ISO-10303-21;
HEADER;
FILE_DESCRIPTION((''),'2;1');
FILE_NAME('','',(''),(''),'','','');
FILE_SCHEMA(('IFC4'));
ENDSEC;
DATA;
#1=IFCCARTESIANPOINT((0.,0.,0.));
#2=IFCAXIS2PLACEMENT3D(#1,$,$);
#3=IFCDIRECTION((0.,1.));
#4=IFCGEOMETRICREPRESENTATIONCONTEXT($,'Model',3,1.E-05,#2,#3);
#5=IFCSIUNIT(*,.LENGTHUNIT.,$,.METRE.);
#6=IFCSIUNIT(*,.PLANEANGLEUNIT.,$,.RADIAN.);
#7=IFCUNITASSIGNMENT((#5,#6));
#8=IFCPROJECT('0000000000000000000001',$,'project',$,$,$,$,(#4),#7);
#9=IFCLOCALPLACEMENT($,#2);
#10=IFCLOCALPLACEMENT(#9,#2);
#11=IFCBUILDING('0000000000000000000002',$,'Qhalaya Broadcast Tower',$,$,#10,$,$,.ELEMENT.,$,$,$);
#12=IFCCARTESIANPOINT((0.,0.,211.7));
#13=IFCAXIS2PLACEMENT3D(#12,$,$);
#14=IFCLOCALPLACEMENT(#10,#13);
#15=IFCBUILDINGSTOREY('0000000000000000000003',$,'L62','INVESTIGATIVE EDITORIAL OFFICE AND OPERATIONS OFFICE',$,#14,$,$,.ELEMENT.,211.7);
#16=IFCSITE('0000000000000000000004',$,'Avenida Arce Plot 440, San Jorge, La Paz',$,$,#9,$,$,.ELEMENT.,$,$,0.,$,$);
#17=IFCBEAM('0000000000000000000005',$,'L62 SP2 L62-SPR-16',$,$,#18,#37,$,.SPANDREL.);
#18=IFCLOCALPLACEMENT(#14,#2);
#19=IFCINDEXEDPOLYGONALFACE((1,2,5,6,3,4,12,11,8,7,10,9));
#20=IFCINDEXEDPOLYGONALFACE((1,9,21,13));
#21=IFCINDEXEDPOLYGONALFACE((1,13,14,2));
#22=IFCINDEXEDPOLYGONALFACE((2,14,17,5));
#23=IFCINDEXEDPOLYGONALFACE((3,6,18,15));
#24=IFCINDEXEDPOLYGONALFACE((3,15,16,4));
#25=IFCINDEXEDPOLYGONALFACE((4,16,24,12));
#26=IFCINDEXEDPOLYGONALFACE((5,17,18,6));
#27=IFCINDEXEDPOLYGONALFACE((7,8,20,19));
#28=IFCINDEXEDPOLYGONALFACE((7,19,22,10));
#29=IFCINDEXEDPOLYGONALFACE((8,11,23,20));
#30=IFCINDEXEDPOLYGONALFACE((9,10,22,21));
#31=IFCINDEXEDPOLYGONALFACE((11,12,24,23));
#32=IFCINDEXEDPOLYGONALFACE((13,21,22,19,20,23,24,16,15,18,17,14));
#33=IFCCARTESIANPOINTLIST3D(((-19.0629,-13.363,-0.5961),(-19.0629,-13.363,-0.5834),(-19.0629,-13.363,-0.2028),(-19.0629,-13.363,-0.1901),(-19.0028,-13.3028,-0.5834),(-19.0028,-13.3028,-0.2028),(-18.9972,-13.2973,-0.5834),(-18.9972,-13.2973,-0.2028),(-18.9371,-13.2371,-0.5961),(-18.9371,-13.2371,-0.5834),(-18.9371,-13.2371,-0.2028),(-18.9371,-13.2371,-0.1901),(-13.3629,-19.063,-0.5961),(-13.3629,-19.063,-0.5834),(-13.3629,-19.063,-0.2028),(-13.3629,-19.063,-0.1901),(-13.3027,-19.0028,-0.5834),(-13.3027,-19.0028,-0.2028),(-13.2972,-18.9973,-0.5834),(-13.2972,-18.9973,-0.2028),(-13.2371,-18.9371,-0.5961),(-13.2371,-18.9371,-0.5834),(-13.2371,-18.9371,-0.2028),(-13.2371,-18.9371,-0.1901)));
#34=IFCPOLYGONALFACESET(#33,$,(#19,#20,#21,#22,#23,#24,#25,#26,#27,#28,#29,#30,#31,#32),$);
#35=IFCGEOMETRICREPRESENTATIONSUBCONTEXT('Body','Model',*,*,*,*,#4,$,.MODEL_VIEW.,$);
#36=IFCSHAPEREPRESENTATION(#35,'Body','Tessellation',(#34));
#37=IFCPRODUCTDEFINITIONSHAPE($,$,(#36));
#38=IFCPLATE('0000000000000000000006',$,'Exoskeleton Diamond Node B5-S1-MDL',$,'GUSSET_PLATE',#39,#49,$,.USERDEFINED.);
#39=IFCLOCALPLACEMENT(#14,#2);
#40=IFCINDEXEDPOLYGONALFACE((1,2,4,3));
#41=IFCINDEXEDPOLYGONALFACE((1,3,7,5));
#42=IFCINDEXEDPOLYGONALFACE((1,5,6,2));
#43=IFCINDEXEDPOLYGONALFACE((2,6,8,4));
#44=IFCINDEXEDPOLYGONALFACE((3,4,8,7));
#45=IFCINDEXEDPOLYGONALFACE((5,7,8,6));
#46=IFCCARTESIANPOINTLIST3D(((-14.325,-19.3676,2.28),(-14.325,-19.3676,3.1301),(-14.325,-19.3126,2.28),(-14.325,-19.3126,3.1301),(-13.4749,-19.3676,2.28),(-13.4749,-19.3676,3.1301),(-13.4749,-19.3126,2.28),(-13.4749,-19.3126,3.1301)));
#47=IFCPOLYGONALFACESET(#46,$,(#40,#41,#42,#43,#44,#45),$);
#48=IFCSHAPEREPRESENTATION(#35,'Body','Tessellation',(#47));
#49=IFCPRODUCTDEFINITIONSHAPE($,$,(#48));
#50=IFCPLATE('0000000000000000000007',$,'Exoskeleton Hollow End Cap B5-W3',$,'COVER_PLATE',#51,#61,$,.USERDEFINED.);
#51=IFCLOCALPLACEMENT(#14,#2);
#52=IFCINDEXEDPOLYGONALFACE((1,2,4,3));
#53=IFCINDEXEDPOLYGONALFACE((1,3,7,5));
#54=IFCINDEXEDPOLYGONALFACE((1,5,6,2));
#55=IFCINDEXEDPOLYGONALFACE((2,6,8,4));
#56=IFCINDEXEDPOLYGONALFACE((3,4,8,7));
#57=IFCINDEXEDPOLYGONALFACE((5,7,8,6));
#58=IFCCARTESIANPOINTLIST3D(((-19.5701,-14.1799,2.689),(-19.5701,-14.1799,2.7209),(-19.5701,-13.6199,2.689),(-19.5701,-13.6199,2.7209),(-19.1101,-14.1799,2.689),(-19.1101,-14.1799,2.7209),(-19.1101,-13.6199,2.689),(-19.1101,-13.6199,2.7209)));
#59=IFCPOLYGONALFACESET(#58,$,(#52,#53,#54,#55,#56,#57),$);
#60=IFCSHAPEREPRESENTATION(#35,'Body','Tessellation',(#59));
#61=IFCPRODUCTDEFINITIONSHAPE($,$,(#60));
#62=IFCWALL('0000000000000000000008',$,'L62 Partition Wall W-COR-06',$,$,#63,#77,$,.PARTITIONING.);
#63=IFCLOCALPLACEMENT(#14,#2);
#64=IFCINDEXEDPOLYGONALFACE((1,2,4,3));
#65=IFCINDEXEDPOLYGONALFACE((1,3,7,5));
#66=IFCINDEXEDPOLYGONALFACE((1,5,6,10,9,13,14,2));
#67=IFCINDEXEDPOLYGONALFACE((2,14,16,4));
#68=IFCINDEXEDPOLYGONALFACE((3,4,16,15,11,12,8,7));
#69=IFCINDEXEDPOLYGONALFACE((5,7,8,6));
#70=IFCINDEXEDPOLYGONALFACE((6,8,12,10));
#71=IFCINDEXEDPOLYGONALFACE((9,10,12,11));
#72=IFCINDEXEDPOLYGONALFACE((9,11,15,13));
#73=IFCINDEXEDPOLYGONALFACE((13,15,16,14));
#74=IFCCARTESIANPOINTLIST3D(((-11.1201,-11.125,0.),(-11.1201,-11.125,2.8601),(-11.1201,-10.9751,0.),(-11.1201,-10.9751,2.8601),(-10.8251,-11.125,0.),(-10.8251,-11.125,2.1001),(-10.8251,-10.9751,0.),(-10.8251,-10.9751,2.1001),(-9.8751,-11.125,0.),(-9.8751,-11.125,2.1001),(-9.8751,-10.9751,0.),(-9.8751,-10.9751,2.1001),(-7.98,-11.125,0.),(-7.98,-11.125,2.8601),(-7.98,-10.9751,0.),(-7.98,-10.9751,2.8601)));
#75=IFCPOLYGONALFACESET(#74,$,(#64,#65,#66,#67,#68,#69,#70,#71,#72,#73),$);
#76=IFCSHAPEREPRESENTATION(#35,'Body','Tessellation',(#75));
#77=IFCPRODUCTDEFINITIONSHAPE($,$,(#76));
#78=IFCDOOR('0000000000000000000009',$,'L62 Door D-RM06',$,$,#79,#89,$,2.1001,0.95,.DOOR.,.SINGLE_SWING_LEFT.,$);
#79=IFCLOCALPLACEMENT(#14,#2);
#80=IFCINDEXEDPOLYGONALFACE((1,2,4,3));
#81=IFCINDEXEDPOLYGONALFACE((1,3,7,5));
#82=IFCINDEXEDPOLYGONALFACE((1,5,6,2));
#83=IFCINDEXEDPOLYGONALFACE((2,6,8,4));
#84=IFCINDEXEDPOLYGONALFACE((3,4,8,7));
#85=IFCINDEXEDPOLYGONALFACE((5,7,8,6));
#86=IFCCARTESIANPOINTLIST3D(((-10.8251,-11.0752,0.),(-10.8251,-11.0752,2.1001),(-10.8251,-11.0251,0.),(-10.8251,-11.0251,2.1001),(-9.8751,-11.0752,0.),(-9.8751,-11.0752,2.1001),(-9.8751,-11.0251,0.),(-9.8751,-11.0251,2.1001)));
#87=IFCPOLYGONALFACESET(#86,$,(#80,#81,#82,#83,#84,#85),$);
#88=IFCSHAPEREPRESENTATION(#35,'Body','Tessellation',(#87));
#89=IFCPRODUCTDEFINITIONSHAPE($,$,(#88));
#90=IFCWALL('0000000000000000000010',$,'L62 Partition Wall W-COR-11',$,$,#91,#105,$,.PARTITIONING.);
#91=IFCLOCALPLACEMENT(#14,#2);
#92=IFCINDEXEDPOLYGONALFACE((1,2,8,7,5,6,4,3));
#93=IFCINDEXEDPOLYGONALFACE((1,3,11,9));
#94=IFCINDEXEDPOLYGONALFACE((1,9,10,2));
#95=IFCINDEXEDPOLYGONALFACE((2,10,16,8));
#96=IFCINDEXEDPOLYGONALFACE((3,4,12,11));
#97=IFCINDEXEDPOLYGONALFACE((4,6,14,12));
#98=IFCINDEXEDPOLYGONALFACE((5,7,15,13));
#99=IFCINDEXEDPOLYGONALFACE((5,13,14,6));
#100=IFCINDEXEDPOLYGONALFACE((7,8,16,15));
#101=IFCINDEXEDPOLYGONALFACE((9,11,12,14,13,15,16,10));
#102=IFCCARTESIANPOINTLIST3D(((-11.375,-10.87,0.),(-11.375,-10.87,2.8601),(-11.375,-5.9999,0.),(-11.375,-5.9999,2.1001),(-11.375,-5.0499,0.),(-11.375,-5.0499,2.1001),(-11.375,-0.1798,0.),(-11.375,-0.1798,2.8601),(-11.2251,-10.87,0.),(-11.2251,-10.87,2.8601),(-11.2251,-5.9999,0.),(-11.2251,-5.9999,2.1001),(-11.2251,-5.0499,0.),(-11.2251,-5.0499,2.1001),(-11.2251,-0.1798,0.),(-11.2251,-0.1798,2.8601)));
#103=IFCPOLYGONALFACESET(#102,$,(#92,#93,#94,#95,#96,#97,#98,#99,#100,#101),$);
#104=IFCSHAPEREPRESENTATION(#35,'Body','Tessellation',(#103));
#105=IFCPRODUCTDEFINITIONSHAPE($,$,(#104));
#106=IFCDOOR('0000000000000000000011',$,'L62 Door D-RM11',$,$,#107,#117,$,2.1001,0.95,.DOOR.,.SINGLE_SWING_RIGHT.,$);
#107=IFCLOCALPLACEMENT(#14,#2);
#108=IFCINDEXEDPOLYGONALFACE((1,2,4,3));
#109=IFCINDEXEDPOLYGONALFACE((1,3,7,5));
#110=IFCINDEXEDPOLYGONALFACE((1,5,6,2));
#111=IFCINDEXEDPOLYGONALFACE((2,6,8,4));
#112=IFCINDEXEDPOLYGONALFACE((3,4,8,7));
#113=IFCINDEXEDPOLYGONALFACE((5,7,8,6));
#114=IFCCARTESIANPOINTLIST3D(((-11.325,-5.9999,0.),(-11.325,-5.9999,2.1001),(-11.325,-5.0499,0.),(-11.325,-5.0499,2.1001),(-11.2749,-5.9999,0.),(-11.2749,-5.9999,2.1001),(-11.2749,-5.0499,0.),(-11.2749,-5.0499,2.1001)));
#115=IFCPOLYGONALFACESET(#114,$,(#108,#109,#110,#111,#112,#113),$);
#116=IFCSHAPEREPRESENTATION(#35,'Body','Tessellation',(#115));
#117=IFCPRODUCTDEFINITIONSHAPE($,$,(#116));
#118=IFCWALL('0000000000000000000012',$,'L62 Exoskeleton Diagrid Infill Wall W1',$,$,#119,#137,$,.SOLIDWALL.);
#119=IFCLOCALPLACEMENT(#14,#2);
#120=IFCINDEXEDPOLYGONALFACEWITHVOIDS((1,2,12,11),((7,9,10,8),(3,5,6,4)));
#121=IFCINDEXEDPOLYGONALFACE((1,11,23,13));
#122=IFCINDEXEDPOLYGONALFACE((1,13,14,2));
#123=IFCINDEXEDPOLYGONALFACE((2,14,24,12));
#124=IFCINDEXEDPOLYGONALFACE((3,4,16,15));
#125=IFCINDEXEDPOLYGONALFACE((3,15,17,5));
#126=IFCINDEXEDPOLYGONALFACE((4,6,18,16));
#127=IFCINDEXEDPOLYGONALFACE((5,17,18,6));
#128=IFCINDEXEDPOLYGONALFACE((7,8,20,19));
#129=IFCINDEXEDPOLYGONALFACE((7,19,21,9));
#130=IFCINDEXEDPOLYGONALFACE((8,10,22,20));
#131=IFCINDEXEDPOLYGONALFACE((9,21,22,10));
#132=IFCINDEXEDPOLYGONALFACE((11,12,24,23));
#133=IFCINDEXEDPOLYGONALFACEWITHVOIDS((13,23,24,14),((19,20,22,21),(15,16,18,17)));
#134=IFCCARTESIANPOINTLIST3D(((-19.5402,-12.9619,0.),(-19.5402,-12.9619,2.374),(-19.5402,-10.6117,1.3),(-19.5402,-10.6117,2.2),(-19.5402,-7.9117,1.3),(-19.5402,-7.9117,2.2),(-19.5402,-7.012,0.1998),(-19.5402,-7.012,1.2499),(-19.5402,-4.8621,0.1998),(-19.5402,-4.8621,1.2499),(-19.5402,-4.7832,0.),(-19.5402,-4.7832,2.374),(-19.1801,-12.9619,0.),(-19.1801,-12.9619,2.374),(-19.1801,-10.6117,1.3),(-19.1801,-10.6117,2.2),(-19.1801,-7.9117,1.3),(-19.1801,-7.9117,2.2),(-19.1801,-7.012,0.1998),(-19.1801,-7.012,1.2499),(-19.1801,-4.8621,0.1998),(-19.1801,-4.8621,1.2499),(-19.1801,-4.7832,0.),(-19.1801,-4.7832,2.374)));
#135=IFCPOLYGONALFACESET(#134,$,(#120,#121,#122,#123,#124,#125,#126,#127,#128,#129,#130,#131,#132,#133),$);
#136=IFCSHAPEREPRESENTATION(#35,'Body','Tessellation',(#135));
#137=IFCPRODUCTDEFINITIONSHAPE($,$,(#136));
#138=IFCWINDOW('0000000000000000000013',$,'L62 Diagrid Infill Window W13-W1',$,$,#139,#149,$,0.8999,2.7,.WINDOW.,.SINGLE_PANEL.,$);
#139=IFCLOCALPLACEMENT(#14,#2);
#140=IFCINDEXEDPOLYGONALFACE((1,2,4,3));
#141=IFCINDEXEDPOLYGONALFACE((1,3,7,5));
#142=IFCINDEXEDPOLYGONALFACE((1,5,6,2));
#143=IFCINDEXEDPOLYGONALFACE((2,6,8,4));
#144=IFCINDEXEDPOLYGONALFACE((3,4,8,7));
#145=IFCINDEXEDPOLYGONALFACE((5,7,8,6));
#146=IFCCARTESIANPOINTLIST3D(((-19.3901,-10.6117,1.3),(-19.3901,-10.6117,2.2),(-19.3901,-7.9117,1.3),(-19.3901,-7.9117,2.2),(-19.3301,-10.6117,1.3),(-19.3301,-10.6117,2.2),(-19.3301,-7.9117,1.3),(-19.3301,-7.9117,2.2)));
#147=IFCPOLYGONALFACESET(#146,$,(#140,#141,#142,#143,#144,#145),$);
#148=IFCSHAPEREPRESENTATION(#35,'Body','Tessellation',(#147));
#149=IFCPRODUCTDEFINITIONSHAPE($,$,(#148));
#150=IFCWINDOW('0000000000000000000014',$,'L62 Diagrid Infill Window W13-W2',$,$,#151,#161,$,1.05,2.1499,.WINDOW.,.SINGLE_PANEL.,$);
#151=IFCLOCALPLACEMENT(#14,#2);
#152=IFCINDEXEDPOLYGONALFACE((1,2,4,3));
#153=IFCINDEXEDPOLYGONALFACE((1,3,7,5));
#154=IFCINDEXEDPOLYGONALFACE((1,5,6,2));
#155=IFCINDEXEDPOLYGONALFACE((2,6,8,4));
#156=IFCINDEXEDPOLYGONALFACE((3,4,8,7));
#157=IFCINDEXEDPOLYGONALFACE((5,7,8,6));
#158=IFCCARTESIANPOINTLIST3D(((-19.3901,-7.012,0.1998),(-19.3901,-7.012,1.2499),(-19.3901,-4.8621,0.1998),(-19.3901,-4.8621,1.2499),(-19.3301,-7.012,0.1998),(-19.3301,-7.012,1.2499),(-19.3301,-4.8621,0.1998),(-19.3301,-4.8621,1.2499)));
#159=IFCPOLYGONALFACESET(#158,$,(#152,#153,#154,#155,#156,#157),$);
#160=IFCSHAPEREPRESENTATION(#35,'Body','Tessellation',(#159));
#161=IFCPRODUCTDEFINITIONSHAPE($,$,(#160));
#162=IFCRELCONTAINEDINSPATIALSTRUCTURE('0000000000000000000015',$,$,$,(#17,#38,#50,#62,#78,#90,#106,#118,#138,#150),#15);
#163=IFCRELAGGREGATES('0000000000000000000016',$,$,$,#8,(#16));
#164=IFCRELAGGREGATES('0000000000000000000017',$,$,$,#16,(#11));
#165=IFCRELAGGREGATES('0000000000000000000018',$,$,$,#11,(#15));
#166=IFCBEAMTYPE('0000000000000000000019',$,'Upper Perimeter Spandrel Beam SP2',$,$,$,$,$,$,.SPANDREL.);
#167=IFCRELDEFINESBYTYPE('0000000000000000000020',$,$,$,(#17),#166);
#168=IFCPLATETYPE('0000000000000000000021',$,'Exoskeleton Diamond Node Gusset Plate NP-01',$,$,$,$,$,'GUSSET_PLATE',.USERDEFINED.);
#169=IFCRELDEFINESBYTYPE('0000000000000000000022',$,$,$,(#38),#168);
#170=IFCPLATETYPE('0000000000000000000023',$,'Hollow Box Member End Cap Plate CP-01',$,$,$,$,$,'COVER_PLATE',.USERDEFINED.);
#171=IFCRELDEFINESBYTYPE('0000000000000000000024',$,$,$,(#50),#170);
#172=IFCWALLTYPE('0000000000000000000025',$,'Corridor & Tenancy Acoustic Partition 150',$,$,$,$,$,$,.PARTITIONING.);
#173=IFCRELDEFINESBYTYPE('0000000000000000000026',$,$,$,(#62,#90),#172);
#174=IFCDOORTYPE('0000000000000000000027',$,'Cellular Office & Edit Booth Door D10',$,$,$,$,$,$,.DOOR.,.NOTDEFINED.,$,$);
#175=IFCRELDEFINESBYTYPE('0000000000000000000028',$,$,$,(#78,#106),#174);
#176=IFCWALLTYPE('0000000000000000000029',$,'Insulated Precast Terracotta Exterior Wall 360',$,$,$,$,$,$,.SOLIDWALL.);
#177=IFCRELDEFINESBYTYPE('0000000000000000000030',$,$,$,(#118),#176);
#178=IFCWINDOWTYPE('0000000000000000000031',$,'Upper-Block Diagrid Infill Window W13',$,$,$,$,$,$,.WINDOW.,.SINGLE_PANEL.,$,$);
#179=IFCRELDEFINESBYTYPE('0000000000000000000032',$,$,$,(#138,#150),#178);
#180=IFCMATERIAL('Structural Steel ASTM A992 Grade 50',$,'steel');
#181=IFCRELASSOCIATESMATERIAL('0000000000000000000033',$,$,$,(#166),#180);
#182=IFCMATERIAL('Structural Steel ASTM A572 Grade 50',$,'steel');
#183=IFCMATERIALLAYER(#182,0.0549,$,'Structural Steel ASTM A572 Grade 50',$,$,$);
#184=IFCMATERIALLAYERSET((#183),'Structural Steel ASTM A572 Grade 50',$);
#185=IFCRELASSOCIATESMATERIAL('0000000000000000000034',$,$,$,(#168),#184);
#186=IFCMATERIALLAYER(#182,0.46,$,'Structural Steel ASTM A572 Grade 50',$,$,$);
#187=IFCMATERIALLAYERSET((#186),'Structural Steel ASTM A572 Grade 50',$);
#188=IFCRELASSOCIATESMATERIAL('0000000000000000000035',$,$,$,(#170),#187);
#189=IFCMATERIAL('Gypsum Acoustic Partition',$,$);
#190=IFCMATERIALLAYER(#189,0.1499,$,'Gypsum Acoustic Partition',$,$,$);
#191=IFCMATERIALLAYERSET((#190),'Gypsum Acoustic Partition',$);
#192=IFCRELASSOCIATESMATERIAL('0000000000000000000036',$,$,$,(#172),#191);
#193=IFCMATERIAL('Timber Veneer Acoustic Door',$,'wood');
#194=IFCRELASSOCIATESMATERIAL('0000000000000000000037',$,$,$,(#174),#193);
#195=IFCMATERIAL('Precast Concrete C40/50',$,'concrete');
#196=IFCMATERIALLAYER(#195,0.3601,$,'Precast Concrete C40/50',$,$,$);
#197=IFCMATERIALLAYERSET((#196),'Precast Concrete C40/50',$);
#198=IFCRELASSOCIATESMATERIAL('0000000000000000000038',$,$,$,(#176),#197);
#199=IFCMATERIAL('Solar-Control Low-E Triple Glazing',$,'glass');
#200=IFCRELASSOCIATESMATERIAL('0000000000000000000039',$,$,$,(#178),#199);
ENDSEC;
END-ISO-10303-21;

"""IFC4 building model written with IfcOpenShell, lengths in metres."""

from ifc_helpers import new_model, si_unit, direction, frame, frame_2d, origin, origin_2d, place, context, subcontext, project, spatial, rectangle, i_section, extrude, material, layer, layer_set, material_profile, profile_set, type_object, element, fill, save


model = new_model("IFC4")

# Units and contexts
model_context = context("Model", 3, precision=1e-05, world=origin(), true_north=direction((0.0, 1.0)))
body_context = subcontext(model_context, "Body", "Model", "MODEL_VIEW")
ifc_project = project(units=[si_unit("LENGTHUNIT", "METRE"), si_unit("PLANEANGLEUNIT", "RADIAN")], contexts=[model_context])

# Site, building, storey
site_placement = place(None, origin())
site = spatial("IfcSite", under=ifc_project, at=site_placement, Name="Avenida Arce Plot 440, San Jorge, La Paz", CompositionType="ELEMENT", RefElevation=0.0)
building_placement = place(site_placement, origin())
building = spatial("IfcBuilding", under=site, at=building_placement, Name="Qhalaya Broadcast Tower", CompositionType="ELEMENT")
storey_placement = place(building_placement, frame((0.0, 0.0, 211.7)))
storey = spatial("IfcBuildingStorey", under=building, at=storey_placement, Name="L62", Description="INVESTIGATIVE EDITORIAL OFFICE AND OPERATIONS OFFICE", CompositionType="ELEMENT", Elevation=211.7)

# Shared definitions
ifc_material_1 = material(Name="Structural Steel ASTM A572 Grade 50", Category="steel")

# Shared definitions
ifc_material_2 = material(Name="Structural Steel ASTM A992 Grade 50", Category="steel")

# Beam
ifc_material_profile_1 = material_profile(ifc_material_2, i_section(OverallWidth=0.178, OverallDepth=0.406, WebThickness=0.0078, FlangeThickness=0.0127, at=origin_2d()), Name="W16X40")
ifc_profile_set_1 = profile_set([ifc_material_profile_1], Name="Structural Steel ASTM A992 Grade 50")
beam_type_1 = type_object("IfcBeamType", Name="Upper Perimeter Spandrel Beam SP2", PredefinedType="SPANDREL", material=ifc_profile_set_1)
beam_1_placement = place(storey_placement, frame((-19.0, -13.3, -0.3931), z_axis=(0.707107, -0.707107, 0.0), x_axis=(0.707107, 0.707107, 0.0)))
element("IfcBeam", 1, at=beam_1_placement, inside=storey, type_object=beam_type_1, Name="L62 SP2 L62-SPR-16", PredefinedType="SPANDREL", context=body_context, shape_type="SweptSolid", body=[
    extrude(i_section(OverallWidth=0.178, OverallDepth=0.406, WebThickness=0.0078, FlangeThickness=0.0127, at=origin_2d()), origin(), (0.0, 0.0, 1.0), 8.061),
])

# Plates
ifc_layer_1 = layer(ifc_material_1, 0.0549, Name="Structural Steel ASTM A572 Grade 50")
ifc_layer_set_1 = layer_set([ifc_layer_1], Name="Structural Steel ASTM A572 Grade 50")
plate_type_1 = type_object("IfcPlateType", Name="Exoskeleton Diamond Node Gusset Plate NP-01", ElementType="GUSSET_PLATE", PredefinedType="USERDEFINED", material=ifc_layer_set_1)
plate_1_placement = place(storey_placement, frame((-13.8999, -19.3401, 2.28), z_axis=(0.0, 0.0, 1.0), x_axis=(1.0, 0.0, 0.0)))
element("IfcPlate", 2, at=plate_1_placement, inside=storey, type_object=plate_type_1, Name="Exoskeleton Diamond Node B5-S1-MDL", ObjectType="GUSSET_PLATE", PredefinedType="USERDEFINED", context=body_context, shape_type="SweptSolid", body=[
    extrude(rectangle(XDim=0.8501, YDim=0.0549, at=origin_2d()), origin(), (0.0, 0.0, 1.0), 0.8501),
])
ifc_layer_2 = layer(ifc_material_1, 0.46, Name="Structural Steel ASTM A572 Grade 50")
ifc_layer_set_2 = layer_set([ifc_layer_2], Name="Structural Steel ASTM A572 Grade 50")
plate_type_2 = type_object("IfcPlateType", Name="Hollow Box Member End Cap Plate CP-01", ElementType="COVER_PLATE", PredefinedType="USERDEFINED", material=ifc_layer_set_2)
plate_2_placement = place(storey_placement, frame((-19.3401, -13.8999, 2.689), z_axis=(0.0, 0.0, 1.0), x_axis=(0.0, 1.0, 0.0)))
element("IfcPlate", 3, at=plate_2_placement, inside=storey, type_object=plate_type_2, Name="Exoskeleton Hollow End Cap B5-W3", ObjectType="COVER_PLATE", PredefinedType="USERDEFINED", context=body_context, shape_type="SweptSolid", body=[
    extrude(rectangle(XDim=0.5601, YDim=0.46, at=origin_2d()), origin(), (0.0, 0.0, 1.0), 0.032),
])

# Walls, openings, doors
ifc_material_3 = material(Name="Gypsum Acoustic Partition")
ifc_layer_3 = layer(ifc_material_3, 0.1499, Name="Gypsum Acoustic Partition")
ifc_layer_set_3 = layer_set([ifc_layer_3], Name="Gypsum Acoustic Partition")
wall_type_1 = type_object("IfcWallType", Name="Corridor & Tenancy Acoustic Partition 150", PredefinedType="PARTITIONING", material=ifc_layer_set_3)
wall_1_placement = place(storey_placement, frame((-11.1201, -11.05, 0.0), z_axis=(0.0, 0.0, 1.0), x_axis=(1.0, 0.0, 0.0)))
wall_1 = element("IfcWall", 4, at=wall_1_placement, inside=storey, type_object=wall_type_1, Name="L62 Partition Wall W-COR-06", PredefinedType="PARTITIONING", context=body_context, shape_type="SweptSolid", body=[
    extrude(rectangle(XDim=3.1401, YDim=0.1499, at=frame_2d((1.5701, 0.0))), origin(), (0.0, 0.0, 1.0), 2.8601),
])
opening_1_placement = place(wall_1_placement, frame((0.2949, 0.0, 0.0)))
opening_1 = element("IfcOpeningElement", 5, at=opening_1_placement, cuts=wall_1, PredefinedType="OPENING", context=body_context, shape_type="SweptSolid", body=[
    extrude(rectangle(XDim=0.95, YDim=2.1001, at=frame_2d((0.4751, 1.05))), frame((0.0, 0.0869, 0.0), z_axis=(0.0, -1.0, 0.0), x_axis=(1.0, 0.0, 0.0)), (0.0, 0.0, 1.0), 0.1738),
])
ifc_material_4 = material(Name="Timber Veneer Acoustic Door", Category="wood")
door_type = type_object("IfcDoorType", Name="Cellular Office & Edit Booth Door D10", OperationType="NOTDEFINED", PredefinedType="DOOR", material=ifc_material_4)
door_1_placement = place(opening_1_placement, origin())
door_1 = element("IfcDoor", 6, at=door_1_placement, inside=storey, type_object=door_type, Name="L62 Door D-RM06", OperationType="SINGLE_SWING_LEFT", OverallHeight=2.1001, OverallWidth=0.95, PredefinedType="DOOR", context=body_context, shape_type="SweptSolid", body=[
    extrude(rectangle(XDim=0.95, YDim=2.1001, at=frame_2d((0.4751, 1.05))), frame((0.0, 0.0249, 0.0), z_axis=(0.0, -1.0, 0.0), x_axis=(1.0, 0.0, 0.0)), (0.0, 0.0, 1.0), 0.05),
])
fill(opening_1, door_1)
wall_2_placement = place(storey_placement, frame((-11.3, -10.8701, 0.0), z_axis=(0.0, 0.0, 1.0), x_axis=(0.0, 1.0, 0.0)))
wall_2 = element("IfcWall", 7, at=wall_2_placement, inside=storey, type_object=wall_type_1, Name="L62 Partition Wall W-COR-11", PredefinedType="PARTITIONING", context=body_context, shape_type="SweptSolid", body=[
    extrude(rectangle(XDim=10.6902, YDim=0.1499, at=frame_2d((5.3452, 0.0))), origin(), (0.0, 0.0, 1.0), 2.8601),
])
opening_2_placement = place(wall_2_placement, frame((4.8701, 0.0, 0.0)))
opening_2 = element("IfcOpeningElement", 8, at=opening_2_placement, cuts=wall_2, PredefinedType="OPENING", context=body_context, shape_type="SweptSolid", body=[
    extrude(rectangle(XDim=0.95, YDim=2.1001, at=frame_2d((0.4751, 1.05))), frame((0.0, 0.0869, 0.0), z_axis=(0.0, -1.0, 0.0), x_axis=(1.0, 0.0, 0.0)), (0.0, 0.0, 1.0), 0.1738),
])
door_2_placement = place(opening_2_placement, origin())
door_2 = element("IfcDoor", 9, at=door_2_placement, inside=storey, type_object=door_type, Name="L62 Door D-RM11", OperationType="SINGLE_SWING_RIGHT", OverallHeight=2.1001, OverallWidth=0.95, PredefinedType="DOOR", context=body_context, shape_type="SweptSolid", body=[
    extrude(rectangle(XDim=0.95, YDim=2.1001, at=frame_2d((0.4751, 1.05))), frame((0.0, 0.0249, 0.0), z_axis=(0.0, -1.0, 0.0), x_axis=(1.0, 0.0, 0.0)), (0.0, 0.0, 1.0), 0.05),
])
fill(opening_2, door_2)

# Wall, openings, windows
ifc_material_5 = material(Name="Precast Concrete C40/50", Category="concrete")
ifc_layer_4 = layer(ifc_material_5, 0.3601, Name="Precast Concrete C40/50")
ifc_layer_set_4 = layer_set([ifc_layer_4], Name="Precast Concrete C40/50")
wall_type_2 = type_object("IfcWallType", Name="Insulated Precast Terracotta Exterior Wall 360", PredefinedType="SOLIDWALL", material=ifc_layer_set_4)
wall_3_placement = place(storey_placement, frame((-19.3601, -12.9619, 0.0), z_axis=(0.0, 0.0, 1.0), x_axis=(0.0, 1.0, 0.0)))
wall_3 = element("IfcWall", 10, at=wall_3_placement, inside=storey, type_object=wall_type_2, Name="L62 Exoskeleton Diagrid Infill Wall W1", PredefinedType="SOLIDWALL", context=body_context, shape_type="SweptSolid", body=[
    extrude(rectangle(XDim=8.1787, YDim=0.3601, at=frame_2d((4.0894, 0.0))), origin(), (0.0, 0.0, 1.0), 2.374),
])
opening_3_placement = place(wall_3_placement, frame((2.3501, 0.0, 1.3)))
opening_3 = element("IfcOpeningElement", 11, at=opening_3_placement, cuts=wall_3, PredefinedType="OPENING", context=body_context, shape_type="SweptSolid", body=[
    extrude(rectangle(XDim=2.7, YDim=0.8999, at=frame_2d((1.3501, 0.45))), frame((0.0, 0.1921, 0.0), z_axis=(0.0, -1.0, 0.0), x_axis=(1.0, 0.0, 0.0)), (0.0, 0.0, 1.0), 0.384),
])
opening_4_placement = place(wall_3_placement, frame((5.95, 0.0, 0.2)))
opening_4 = element("IfcOpeningElement", 12, at=opening_4_placement, cuts=wall_3, PredefinedType="OPENING", context=body_context, shape_type="SweptSolid", body=[
    extrude(rectangle(XDim=2.1499, YDim=1.05, at=frame_2d((1.075, 0.5249))), frame((0.0, 0.1921, 0.0), z_axis=(0.0, -1.0, 0.0), x_axis=(1.0, 0.0, 0.0)), (0.0, 0.0, 1.0), 0.384),
])
ifc_material_6 = material(Name="Solar-Control Low-E Triple Glazing", Category="glass")
window_type = type_object("IfcWindowType", Name="Upper-Block Diagrid Infill Window W13", PartitioningType="SINGLE_PANEL", PredefinedType="WINDOW", material=ifc_material_6)
window_1_placement = place(opening_3_placement, origin())
window_1 = element("IfcWindow", 13, at=window_1_placement, inside=storey, type_object=window_type, Name="L62 Diagrid Infill Window W13-W1", OverallHeight=0.8999, OverallWidth=2.7, PartitioningType="SINGLE_PANEL", PredefinedType="WINDOW", context=body_context, shape_type="SweptSolid", body=[
    extrude(rectangle(XDim=2.7, YDim=0.8999, at=frame_2d((1.3501, 0.45))), frame((0.0, 0.03, 0.0), z_axis=(0.0, -1.0, 0.0), x_axis=(1.0, 0.0, 0.0)), (0.0, 0.0, 1.0), 0.0601),
])
fill(opening_3, window_1)
window_2_placement = place(opening_4_placement, origin())
window_2 = element("IfcWindow", 14, at=window_2_placement, inside=storey, type_object=window_type, Name="L62 Diagrid Infill Window W13-W2", OverallHeight=1.05, OverallWidth=2.1499, PartitioningType="SINGLE_PANEL", PredefinedType="WINDOW", context=body_context, shape_type="SweptSolid", body=[
    extrude(rectangle(XDim=2.1499, YDim=1.05, at=frame_2d((1.075, 0.5249))), frame((0.0, 0.03, 0.0), z_axis=(0.0, -1.0, 0.0), x_axis=(1.0, 0.0, 0.0)), (0.0, 0.0, 1.0), 0.0601),
])
fill(opening_4, window_2)

save(model, "model.ifc")
